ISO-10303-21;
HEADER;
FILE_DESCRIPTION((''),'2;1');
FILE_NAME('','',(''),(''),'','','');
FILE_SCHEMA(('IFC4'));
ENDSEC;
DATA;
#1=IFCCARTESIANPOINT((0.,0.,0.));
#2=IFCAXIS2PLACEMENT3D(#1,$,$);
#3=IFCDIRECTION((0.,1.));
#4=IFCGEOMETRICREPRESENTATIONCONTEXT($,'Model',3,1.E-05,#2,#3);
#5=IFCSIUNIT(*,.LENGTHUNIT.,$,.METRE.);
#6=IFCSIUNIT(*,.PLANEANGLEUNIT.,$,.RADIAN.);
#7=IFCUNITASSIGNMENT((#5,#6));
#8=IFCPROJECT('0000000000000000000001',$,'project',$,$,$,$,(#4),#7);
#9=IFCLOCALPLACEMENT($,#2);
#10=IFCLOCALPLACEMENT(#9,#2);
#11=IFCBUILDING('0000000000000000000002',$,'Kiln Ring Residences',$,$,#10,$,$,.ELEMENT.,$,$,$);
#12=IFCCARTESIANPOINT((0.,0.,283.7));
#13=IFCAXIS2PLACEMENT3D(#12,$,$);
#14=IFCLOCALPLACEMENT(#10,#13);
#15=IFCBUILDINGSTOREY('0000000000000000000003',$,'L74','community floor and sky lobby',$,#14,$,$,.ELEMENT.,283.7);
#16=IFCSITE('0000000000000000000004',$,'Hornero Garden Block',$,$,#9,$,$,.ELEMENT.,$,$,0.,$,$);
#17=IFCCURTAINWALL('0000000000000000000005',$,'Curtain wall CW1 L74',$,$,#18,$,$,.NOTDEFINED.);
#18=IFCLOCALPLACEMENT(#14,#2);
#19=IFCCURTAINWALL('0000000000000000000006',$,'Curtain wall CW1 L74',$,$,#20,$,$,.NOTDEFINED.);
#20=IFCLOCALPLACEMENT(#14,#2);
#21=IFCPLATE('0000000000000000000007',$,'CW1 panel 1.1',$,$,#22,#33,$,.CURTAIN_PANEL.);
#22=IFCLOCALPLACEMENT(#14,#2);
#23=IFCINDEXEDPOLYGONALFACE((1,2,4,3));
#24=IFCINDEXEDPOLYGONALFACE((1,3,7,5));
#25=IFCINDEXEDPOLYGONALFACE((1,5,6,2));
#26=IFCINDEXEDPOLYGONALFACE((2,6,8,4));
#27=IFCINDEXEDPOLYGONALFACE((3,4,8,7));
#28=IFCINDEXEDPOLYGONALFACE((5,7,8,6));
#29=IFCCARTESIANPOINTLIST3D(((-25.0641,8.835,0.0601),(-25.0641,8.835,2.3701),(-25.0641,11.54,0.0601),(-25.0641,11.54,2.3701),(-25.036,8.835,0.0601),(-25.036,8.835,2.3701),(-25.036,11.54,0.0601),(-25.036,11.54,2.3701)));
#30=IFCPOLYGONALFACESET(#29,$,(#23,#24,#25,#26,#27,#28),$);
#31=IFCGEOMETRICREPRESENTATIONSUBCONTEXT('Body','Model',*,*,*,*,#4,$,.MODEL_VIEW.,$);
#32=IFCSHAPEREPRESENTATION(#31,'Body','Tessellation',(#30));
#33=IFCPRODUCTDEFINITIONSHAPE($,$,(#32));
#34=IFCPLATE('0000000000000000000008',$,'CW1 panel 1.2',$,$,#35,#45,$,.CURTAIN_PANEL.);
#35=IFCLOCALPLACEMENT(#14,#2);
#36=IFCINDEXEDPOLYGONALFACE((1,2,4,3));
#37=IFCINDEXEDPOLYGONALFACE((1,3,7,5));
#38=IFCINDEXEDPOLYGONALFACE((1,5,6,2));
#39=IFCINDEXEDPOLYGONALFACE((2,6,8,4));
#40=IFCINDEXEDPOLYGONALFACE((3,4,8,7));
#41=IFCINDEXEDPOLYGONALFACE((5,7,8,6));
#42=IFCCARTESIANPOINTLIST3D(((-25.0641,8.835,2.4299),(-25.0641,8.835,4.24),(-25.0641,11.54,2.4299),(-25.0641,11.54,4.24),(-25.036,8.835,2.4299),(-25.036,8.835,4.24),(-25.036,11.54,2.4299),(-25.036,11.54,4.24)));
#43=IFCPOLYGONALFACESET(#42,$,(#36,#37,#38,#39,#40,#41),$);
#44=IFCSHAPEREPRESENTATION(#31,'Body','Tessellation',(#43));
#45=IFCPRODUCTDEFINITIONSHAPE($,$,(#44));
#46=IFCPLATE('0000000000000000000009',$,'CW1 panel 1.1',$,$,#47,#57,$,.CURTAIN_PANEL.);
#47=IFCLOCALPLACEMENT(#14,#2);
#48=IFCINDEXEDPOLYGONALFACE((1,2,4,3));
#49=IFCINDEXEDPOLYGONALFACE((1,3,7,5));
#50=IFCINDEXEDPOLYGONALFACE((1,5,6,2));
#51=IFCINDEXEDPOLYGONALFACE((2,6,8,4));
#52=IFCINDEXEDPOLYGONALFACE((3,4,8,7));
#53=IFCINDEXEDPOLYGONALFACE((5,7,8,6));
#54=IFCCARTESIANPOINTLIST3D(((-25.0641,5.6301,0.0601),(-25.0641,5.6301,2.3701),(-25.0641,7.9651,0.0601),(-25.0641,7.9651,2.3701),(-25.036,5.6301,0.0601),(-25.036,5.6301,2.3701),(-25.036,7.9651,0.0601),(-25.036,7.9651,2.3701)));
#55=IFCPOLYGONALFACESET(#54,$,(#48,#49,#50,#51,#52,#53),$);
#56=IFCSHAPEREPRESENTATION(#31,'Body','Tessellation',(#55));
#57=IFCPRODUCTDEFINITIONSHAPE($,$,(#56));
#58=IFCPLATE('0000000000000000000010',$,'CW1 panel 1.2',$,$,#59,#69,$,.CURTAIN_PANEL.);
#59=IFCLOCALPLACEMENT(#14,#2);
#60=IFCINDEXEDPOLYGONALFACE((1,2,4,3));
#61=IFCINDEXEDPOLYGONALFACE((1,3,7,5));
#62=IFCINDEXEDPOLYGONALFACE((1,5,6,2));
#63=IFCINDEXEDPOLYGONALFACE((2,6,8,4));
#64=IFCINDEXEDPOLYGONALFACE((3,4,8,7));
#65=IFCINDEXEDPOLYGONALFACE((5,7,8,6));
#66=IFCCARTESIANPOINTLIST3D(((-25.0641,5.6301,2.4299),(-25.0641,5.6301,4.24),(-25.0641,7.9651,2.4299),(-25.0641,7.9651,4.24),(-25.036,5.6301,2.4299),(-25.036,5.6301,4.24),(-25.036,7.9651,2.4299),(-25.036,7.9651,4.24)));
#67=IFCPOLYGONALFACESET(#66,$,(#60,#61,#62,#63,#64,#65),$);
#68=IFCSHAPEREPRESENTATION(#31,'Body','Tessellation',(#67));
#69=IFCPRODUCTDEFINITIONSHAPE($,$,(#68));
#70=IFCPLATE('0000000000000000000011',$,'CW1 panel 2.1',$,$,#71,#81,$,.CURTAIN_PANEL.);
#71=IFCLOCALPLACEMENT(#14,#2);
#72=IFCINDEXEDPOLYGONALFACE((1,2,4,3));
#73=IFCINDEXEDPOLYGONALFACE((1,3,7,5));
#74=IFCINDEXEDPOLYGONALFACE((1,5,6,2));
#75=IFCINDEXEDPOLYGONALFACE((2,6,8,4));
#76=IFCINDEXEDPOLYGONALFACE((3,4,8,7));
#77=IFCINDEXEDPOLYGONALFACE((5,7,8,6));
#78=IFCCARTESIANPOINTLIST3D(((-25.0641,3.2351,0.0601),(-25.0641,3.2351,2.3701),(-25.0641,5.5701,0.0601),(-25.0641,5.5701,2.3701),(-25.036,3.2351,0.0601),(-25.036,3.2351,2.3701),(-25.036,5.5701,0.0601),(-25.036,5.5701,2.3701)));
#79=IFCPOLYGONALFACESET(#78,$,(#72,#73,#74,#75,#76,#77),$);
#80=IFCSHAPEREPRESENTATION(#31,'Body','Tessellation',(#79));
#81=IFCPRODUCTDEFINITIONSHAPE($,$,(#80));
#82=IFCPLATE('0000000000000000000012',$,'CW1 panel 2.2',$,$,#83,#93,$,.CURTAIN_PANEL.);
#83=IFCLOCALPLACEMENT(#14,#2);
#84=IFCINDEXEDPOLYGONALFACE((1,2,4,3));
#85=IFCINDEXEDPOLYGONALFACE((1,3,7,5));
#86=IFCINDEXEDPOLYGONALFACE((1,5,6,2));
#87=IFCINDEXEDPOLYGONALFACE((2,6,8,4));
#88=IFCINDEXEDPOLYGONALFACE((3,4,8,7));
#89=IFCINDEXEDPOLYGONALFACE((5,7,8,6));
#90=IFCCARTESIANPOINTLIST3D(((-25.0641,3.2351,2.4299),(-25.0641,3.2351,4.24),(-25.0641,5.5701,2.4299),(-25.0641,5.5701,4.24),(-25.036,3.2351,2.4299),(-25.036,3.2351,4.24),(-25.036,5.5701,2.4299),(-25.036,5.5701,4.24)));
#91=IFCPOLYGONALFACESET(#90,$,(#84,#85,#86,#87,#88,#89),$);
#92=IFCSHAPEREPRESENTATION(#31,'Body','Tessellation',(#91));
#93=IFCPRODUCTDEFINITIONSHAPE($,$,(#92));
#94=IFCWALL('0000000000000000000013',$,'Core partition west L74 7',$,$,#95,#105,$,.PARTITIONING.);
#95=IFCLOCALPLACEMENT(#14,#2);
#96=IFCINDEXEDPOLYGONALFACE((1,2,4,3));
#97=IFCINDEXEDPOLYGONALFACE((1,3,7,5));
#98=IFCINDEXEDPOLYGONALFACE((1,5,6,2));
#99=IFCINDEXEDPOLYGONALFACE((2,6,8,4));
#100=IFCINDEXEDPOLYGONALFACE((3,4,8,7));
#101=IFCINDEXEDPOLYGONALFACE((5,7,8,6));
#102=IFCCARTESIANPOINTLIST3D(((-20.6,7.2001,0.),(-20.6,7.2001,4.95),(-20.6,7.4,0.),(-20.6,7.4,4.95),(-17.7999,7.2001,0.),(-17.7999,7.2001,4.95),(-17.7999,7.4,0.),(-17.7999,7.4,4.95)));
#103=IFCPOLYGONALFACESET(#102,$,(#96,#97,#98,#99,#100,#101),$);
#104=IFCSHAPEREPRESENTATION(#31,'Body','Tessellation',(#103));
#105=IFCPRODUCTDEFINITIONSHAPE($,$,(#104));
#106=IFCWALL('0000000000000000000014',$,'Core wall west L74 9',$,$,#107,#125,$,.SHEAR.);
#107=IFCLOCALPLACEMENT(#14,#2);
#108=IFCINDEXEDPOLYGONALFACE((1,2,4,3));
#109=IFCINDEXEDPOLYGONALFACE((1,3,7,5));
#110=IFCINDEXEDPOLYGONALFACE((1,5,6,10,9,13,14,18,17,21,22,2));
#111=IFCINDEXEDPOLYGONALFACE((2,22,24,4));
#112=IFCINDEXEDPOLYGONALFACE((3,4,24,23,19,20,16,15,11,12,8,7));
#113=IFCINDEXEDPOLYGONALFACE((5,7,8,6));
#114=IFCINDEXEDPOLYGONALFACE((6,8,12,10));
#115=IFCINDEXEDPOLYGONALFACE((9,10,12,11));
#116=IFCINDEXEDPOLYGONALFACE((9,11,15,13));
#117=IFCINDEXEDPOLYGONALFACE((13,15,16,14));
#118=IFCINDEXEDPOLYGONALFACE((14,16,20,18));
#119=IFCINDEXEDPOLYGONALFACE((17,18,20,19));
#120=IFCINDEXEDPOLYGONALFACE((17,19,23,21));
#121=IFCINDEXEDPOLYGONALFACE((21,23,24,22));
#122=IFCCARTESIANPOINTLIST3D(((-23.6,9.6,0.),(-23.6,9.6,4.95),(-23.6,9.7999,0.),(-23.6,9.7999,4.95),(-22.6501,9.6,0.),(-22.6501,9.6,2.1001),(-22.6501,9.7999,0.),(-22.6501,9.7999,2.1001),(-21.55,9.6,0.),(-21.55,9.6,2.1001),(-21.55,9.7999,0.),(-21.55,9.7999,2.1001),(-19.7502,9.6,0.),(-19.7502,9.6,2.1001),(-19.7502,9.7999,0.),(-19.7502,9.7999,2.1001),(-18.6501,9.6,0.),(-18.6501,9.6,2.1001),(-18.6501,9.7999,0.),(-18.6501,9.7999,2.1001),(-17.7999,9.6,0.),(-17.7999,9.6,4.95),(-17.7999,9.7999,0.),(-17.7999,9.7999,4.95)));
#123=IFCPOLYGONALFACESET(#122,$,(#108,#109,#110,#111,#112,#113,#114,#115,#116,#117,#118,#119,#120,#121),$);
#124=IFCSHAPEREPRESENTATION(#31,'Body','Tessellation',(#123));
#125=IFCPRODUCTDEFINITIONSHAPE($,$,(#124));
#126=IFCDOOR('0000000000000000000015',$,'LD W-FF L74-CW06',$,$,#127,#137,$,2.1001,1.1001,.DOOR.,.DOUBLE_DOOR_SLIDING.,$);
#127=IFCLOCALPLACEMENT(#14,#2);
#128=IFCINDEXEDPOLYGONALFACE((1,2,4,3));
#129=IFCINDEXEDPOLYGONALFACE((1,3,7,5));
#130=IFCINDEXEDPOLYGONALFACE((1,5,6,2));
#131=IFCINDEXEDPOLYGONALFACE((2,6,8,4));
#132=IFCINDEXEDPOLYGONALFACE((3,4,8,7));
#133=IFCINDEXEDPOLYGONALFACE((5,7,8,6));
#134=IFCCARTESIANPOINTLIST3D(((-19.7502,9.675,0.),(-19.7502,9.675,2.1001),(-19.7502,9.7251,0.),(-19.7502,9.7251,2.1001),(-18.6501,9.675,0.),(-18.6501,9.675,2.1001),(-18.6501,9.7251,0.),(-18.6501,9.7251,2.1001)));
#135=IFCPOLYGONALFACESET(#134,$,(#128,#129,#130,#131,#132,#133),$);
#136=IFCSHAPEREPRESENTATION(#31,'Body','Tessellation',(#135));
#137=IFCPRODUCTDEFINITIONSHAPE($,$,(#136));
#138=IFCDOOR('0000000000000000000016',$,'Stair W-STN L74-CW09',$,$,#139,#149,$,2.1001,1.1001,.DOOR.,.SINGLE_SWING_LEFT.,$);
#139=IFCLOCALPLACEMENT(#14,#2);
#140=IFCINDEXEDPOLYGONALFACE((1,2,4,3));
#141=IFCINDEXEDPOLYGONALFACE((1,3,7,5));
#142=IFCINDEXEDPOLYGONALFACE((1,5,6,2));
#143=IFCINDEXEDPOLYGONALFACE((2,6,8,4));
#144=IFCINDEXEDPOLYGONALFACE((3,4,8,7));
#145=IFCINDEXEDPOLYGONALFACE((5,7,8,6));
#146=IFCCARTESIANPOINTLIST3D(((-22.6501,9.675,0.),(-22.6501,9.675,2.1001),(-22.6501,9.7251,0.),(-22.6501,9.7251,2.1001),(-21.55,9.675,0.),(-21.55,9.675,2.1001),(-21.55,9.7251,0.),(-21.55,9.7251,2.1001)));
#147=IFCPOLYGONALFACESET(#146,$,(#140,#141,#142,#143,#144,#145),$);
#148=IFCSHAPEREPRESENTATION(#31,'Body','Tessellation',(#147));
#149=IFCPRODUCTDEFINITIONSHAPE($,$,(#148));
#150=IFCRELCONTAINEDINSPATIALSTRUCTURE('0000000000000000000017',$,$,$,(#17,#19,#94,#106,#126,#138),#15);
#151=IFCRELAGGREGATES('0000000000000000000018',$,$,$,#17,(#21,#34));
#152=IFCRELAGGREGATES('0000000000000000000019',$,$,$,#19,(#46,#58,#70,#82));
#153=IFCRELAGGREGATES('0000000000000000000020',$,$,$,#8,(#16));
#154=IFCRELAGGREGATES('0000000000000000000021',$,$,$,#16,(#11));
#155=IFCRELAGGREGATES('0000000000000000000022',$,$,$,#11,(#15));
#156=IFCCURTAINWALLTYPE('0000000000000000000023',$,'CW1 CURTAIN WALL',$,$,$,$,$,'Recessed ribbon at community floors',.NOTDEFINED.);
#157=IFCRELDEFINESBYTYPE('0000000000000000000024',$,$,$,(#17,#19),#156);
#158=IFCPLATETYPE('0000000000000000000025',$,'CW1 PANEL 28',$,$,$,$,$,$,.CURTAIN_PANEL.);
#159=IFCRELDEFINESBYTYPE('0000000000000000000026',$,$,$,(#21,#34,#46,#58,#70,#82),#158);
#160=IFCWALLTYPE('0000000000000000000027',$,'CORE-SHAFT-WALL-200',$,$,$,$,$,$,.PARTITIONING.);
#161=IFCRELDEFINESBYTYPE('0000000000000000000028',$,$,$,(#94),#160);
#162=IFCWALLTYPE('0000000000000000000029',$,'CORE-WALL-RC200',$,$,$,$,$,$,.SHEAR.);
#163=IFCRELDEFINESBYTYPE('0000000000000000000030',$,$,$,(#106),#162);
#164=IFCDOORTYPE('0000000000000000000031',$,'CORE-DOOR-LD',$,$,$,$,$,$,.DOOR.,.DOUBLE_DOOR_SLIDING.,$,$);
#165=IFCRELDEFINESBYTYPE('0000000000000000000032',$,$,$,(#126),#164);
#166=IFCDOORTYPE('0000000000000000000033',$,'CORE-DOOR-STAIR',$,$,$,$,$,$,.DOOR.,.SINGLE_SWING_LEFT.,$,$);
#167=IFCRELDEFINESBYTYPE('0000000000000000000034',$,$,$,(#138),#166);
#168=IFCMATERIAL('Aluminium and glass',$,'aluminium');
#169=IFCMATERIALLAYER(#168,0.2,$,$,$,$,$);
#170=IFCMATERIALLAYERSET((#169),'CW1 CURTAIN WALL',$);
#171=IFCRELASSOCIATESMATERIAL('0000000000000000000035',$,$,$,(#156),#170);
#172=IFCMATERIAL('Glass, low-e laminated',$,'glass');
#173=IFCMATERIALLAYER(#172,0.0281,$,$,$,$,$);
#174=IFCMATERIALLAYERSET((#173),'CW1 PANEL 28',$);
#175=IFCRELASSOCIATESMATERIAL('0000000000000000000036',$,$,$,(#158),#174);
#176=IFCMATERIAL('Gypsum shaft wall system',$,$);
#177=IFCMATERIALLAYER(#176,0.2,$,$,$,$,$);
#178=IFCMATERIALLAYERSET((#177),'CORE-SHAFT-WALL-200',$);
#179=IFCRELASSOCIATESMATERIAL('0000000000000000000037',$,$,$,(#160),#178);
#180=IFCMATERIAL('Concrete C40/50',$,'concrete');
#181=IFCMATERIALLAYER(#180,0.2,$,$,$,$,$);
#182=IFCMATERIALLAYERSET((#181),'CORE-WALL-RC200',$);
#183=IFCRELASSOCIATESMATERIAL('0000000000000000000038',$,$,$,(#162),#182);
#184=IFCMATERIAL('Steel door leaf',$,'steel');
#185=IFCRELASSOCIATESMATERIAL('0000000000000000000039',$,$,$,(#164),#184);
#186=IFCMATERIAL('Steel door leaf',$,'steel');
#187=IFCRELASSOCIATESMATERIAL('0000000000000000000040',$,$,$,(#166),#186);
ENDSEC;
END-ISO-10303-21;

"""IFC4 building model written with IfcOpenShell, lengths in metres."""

from ifc_helpers import new_model, si_unit, direction, frame, frame_2d, origin, origin_2d, place, context, subcontext, project, spatial, rectangle, extrude, material, layer, layer_set, type_object, element, fill, aggregate, save


model = new_model("IFC4")

# Units and contexts
model_context = context("Model", 3, precision=1e-05, world=origin(), true_north=direction((0.0, 1.0)))
body_context = subcontext(model_context, "Body", "Model", "MODEL_VIEW")
ifc_project = project(units=[si_unit("LENGTHUNIT", "METRE"), si_unit("PLANEANGLEUNIT", "RADIAN")], contexts=[model_context])

# Site, building, storey
site_placement = place(None, origin())
site = spatial("IfcSite", under=ifc_project, at=site_placement, Name="Hornero Garden Block", CompositionType="ELEMENT", RefElevation=0.0)
building_placement = place(site_placement, origin())
building = spatial("IfcBuilding", under=site, at=building_placement, Name="Kiln Ring Residences", CompositionType="ELEMENT")
storey_placement = place(building_placement, frame((0.0, 0.0, 283.7)))
storey = spatial("IfcBuildingStorey", under=building, at=storey_placement, Name="L74", Description="community floor and sky lobby", CompositionType="ELEMENT", Elevation=283.7)

# Curtain wall
ifc_material_1 = material(Name="Aluminium and glass", Category="aluminium")
ifc_layer_1 = layer(ifc_material_1, 0.2)
ifc_layer_set_1 = layer_set([ifc_layer_1], Name="CW1 CURTAIN WALL")
curtain_wall_type = type_object("IfcCurtainWallType", Name="CW1 CURTAIN WALL", ElementType="Recessed ribbon at community floors", PredefinedType="NOTDEFINED", material=ifc_layer_set_1)
placement = place(storey_placement, origin())
curtain_wall_1 = element("IfcCurtainWall", 1, at=placement, inside=storey, type_object=curtain_wall_type, Name="Curtain wall CW1 L74", PredefinedType="NOTDEFINED")

# Curtain wall
curtain_wall_2 = element("IfcCurtainWall", 2, at=placement, inside=storey, type_object=curtain_wall_type, Name="Curtain wall CW1 L74", PredefinedType="NOTDEFINED")

# Plates
ifc_material_2 = material(Name="Glass, low-e laminated", Category="glass")
ifc_layer_2 = layer(ifc_material_2, 0.0281)
ifc_layer_set_2 = layer_set([ifc_layer_2], Name="CW1 PANEL 28")
plate_type = type_object("IfcPlateType", Name="CW1 PANEL 28", PredefinedType="CURTAIN_PANEL", material=ifc_layer_set_2)
plate_1_placement = place(storey_placement, frame((-25.05, 10.1875, 0.0601), z_axis=(0.0, 0.0, 1.0), x_axis=(0.0, -1.0, 0.0)))
plate_1 = element("IfcPlate", 3, at=plate_1_placement, type_object=plate_type, Name="CW1 panel 1.1", PredefinedType="CURTAIN_PANEL", context=body_context, shape_type="SweptSolid", body=[
    extrude(rectangle(XDim=2.7051, YDim=0.0281, at=origin_2d()), origin(), (0.0, 0.0, 1.0), 2.3101),
])
plate_2_placement = place(storey_placement, frame((-25.05, 10.1875, 2.4299), z_axis=(0.0, 0.0, 1.0), x_axis=(0.0, -1.0, 0.0)))
plate_2 = element("IfcPlate", 4, at=plate_2_placement, type_object=plate_type, Name="CW1 panel 1.2", PredefinedType="CURTAIN_PANEL", context=body_context, shape_type="SweptSolid", body=[
    extrude(rectangle(XDim=2.7051, YDim=0.0281, at=origin_2d()), origin(), (0.0, 0.0, 1.0), 1.8101),
])
aggregate(curtain_wall_1, [plate_1, plate_2])
plate_3_placement = place(storey_placement, frame((-25.05, 6.7976, 0.0601), z_axis=(0.0, 0.0, 1.0), x_axis=(0.0, -1.0, 0.0)))
plate_3 = element("IfcPlate", 5, at=plate_3_placement, type_object=plate_type, Name="CW1 panel 1.1", PredefinedType="CURTAIN_PANEL", context=body_context, shape_type="SweptSolid", body=[
    extrude(rectangle(XDim=2.335, YDim=0.0281, at=origin_2d()), origin(), (0.0, 0.0, 1.0), 2.3101),
])
plate_4_placement = place(storey_placement, frame((-25.05, 6.7976, 2.4299), z_axis=(0.0, 0.0, 1.0), x_axis=(0.0, -1.0, 0.0)))
plate_4 = element("IfcPlate", 6, at=plate_4_placement, type_object=plate_type, Name="CW1 panel 1.2", PredefinedType="CURTAIN_PANEL", context=body_context, shape_type="SweptSolid", body=[
    extrude(rectangle(XDim=2.335, YDim=0.0281, at=origin_2d()), origin(), (0.0, 0.0, 1.0), 1.8101),
])
plate_5_placement = place(storey_placement, frame((-25.05, 4.4026, 0.0601), z_axis=(0.0, 0.0, 1.0), x_axis=(0.0, -1.0, 0.0)))
plate_5 = element("IfcPlate", 7, at=plate_5_placement, type_object=plate_type, Name="CW1 panel 2.1", PredefinedType="CURTAIN_PANEL", context=body_context, shape_type="SweptSolid", body=[
    extrude(rectangle(XDim=2.335, YDim=0.0281, at=origin_2d()), origin(), (0.0, 0.0, 1.0), 2.3101),
])
plate_6_placement = place(storey_placement, frame((-25.05, 4.4026, 2.4299), z_axis=(0.0, 0.0, 1.0), x_axis=(0.0, -1.0, 0.0)))
plate_6 = element("IfcPlate", 8, at=plate_6_placement, type_object=plate_type, Name="CW1 panel 2.2", PredefinedType="CURTAIN_PANEL", context=body_context, shape_type="SweptSolid", body=[
    extrude(rectangle(XDim=2.335, YDim=0.0281, at=origin_2d()), origin(), (0.0, 0.0, 1.0), 1.8101),
])
aggregate(curtain_wall_2, [plate_3, plate_4, plate_5, plate_6])

# Wall
ifc_material_3 = material(Name="Gypsum shaft wall system")
ifc_layer_3 = layer(ifc_material_3, 0.2)
ifc_layer_set_3 = layer_set([ifc_layer_3], Name="CORE-SHAFT-WALL-200")
wall_type_1 = type_object("IfcWallType", Name="CORE-SHAFT-WALL-200", PredefinedType="PARTITIONING", material=ifc_layer_set_3)
wall_1_placement = place(storey_placement, frame((-17.8, 7.3, 0.0), z_axis=(0.0, 0.0, 1.0), x_axis=(-1.0, 0.0, 0.0)))
element("IfcWall", 9, at=wall_1_placement, inside=storey, type_object=wall_type_1, Name="Core partition west L74 7", PredefinedType="PARTITIONING", context=body_context, shape_type="SweptSolid", body=[
    extrude(rectangle(XDim=2.8, YDim=0.2, at=frame_2d((1.3999, 0.0))), origin(), (0.0, 0.0, 1.0), 4.95),
])

# Wall, openings, doors
ifc_material_4 = material(Name="Concrete C40/50", Category="concrete")
ifc_layer_4 = layer(ifc_material_4, 0.2)
ifc_layer_set_4 = layer_set([ifc_layer_4], Name="CORE-WALL-RC200")
wall_type_2 = type_object("IfcWallType", Name="CORE-WALL-RC200", PredefinedType="SHEAR", material=ifc_layer_set_4)
wall_2_placement = place(storey_placement, frame((-17.8, 9.7, 0.0), z_axis=(0.0, 0.0, 1.0), x_axis=(-1.0, 0.0, 0.0)))
wall_2 = element("IfcWall", 10, at=wall_2_placement, inside=storey, type_object=wall_type_2, Name="Core wall west L74 9", PredefinedType="SHEAR", context=body_context, shape_type="SweptSolid", body=[
    extrude(rectangle(XDim=5.8, YDim=0.2, at=frame_2d((2.8999, 0.0))), origin(), (0.0, 0.0, 1.0), 4.95),
])
opening_1_placement = place(wall_2_placement, frame((0.8501, 0.0, 0.0)))
opening_1 = element("IfcOpeningElement", 11, at=opening_1_placement, cuts=wall_2, PredefinedType="OPENING", context=body_context, shape_type="SweptSolid", body=[
    extrude(rectangle(XDim=1.1001, YDim=2.1001, at=frame_2d((0.55, 1.05))), frame((0.0, 0.1099, 0.0), z_axis=(0.0, -1.0, 0.0), x_axis=(1.0, 0.0, 0.0)), (0.0, 0.0, 1.0), 0.22),
])
opening_2_placement = place(wall_2_placement, frame((3.75, 0.0, 0.0)))
opening_2 = element("IfcOpeningElement", 12, at=opening_2_placement, cuts=wall_2, PredefinedType="OPENING", context=body_context, shape_type="SweptSolid", body=[
    extrude(rectangle(XDim=1.1001, YDim=2.1001, at=frame_2d((0.55, 1.05))), frame((0.0, 0.1099, 0.0), z_axis=(0.0, -1.0, 0.0), x_axis=(1.0, 0.0, 0.0)), (0.0, 0.0, 1.0), 0.22),
])
ifc_material_5 = material(Name="Steel door leaf", Category="steel")
door_type_1 = type_object("IfcDoorType", Name="CORE-DOOR-LD", OperationType="DOUBLE_DOOR_SLIDING", PredefinedType="DOOR", material=ifc_material_5)
door_1_placement = place(opening_1_placement, origin())
door_1 = element("IfcDoor", 13, at=door_1_placement, inside=storey, type_object=door_type_1, Name="LD W-FF L74-CW06", OperationType="DOUBLE_DOOR_SLIDING", OverallHeight=2.1001, OverallWidth=1.1001, PredefinedType="DOOR", context=body_context, shape_type="SweptSolid", body=[
    extrude(rectangle(XDim=1.1001, YDim=2.1001, at=frame_2d((0.55, 1.05))), frame((0.0, 0.0249, 0.0), z_axis=(0.0, -1.0, 0.0), x_axis=(1.0, 0.0, 0.0)), (0.0, 0.0, 1.0), 0.05),
])
fill(opening_1, door_1)
ifc_material_6 = material(Name="Steel door leaf", Category="steel")
door_type_2 = type_object("IfcDoorType", Name="CORE-DOOR-STAIR", OperationType="SINGLE_SWING_LEFT", PredefinedType="DOOR", material=ifc_material_6)
door_2_placement = place(opening_2_placement, origin())
door_2 = element("IfcDoor", 14, at=door_2_placement, inside=storey, type_object=door_type_2, Name="Stair W-STN L74-CW09", OperationType="SINGLE_SWING_LEFT", OverallHeight=2.1001, OverallWidth=1.1001, PredefinedType="DOOR", context=body_context, shape_type="SweptSolid", body=[
    extrude(rectangle(XDim=1.1001, YDim=2.1001, at=frame_2d((0.55, 1.05))), frame((0.0, 0.0249, 0.0), z_axis=(0.0, -1.0, 0.0), x_axis=(1.0, 0.0, 0.0)), (0.0, 0.0, 1.0), 0.05),
])
fill(opening_2, door_2)

save(model, "model.ifc")
